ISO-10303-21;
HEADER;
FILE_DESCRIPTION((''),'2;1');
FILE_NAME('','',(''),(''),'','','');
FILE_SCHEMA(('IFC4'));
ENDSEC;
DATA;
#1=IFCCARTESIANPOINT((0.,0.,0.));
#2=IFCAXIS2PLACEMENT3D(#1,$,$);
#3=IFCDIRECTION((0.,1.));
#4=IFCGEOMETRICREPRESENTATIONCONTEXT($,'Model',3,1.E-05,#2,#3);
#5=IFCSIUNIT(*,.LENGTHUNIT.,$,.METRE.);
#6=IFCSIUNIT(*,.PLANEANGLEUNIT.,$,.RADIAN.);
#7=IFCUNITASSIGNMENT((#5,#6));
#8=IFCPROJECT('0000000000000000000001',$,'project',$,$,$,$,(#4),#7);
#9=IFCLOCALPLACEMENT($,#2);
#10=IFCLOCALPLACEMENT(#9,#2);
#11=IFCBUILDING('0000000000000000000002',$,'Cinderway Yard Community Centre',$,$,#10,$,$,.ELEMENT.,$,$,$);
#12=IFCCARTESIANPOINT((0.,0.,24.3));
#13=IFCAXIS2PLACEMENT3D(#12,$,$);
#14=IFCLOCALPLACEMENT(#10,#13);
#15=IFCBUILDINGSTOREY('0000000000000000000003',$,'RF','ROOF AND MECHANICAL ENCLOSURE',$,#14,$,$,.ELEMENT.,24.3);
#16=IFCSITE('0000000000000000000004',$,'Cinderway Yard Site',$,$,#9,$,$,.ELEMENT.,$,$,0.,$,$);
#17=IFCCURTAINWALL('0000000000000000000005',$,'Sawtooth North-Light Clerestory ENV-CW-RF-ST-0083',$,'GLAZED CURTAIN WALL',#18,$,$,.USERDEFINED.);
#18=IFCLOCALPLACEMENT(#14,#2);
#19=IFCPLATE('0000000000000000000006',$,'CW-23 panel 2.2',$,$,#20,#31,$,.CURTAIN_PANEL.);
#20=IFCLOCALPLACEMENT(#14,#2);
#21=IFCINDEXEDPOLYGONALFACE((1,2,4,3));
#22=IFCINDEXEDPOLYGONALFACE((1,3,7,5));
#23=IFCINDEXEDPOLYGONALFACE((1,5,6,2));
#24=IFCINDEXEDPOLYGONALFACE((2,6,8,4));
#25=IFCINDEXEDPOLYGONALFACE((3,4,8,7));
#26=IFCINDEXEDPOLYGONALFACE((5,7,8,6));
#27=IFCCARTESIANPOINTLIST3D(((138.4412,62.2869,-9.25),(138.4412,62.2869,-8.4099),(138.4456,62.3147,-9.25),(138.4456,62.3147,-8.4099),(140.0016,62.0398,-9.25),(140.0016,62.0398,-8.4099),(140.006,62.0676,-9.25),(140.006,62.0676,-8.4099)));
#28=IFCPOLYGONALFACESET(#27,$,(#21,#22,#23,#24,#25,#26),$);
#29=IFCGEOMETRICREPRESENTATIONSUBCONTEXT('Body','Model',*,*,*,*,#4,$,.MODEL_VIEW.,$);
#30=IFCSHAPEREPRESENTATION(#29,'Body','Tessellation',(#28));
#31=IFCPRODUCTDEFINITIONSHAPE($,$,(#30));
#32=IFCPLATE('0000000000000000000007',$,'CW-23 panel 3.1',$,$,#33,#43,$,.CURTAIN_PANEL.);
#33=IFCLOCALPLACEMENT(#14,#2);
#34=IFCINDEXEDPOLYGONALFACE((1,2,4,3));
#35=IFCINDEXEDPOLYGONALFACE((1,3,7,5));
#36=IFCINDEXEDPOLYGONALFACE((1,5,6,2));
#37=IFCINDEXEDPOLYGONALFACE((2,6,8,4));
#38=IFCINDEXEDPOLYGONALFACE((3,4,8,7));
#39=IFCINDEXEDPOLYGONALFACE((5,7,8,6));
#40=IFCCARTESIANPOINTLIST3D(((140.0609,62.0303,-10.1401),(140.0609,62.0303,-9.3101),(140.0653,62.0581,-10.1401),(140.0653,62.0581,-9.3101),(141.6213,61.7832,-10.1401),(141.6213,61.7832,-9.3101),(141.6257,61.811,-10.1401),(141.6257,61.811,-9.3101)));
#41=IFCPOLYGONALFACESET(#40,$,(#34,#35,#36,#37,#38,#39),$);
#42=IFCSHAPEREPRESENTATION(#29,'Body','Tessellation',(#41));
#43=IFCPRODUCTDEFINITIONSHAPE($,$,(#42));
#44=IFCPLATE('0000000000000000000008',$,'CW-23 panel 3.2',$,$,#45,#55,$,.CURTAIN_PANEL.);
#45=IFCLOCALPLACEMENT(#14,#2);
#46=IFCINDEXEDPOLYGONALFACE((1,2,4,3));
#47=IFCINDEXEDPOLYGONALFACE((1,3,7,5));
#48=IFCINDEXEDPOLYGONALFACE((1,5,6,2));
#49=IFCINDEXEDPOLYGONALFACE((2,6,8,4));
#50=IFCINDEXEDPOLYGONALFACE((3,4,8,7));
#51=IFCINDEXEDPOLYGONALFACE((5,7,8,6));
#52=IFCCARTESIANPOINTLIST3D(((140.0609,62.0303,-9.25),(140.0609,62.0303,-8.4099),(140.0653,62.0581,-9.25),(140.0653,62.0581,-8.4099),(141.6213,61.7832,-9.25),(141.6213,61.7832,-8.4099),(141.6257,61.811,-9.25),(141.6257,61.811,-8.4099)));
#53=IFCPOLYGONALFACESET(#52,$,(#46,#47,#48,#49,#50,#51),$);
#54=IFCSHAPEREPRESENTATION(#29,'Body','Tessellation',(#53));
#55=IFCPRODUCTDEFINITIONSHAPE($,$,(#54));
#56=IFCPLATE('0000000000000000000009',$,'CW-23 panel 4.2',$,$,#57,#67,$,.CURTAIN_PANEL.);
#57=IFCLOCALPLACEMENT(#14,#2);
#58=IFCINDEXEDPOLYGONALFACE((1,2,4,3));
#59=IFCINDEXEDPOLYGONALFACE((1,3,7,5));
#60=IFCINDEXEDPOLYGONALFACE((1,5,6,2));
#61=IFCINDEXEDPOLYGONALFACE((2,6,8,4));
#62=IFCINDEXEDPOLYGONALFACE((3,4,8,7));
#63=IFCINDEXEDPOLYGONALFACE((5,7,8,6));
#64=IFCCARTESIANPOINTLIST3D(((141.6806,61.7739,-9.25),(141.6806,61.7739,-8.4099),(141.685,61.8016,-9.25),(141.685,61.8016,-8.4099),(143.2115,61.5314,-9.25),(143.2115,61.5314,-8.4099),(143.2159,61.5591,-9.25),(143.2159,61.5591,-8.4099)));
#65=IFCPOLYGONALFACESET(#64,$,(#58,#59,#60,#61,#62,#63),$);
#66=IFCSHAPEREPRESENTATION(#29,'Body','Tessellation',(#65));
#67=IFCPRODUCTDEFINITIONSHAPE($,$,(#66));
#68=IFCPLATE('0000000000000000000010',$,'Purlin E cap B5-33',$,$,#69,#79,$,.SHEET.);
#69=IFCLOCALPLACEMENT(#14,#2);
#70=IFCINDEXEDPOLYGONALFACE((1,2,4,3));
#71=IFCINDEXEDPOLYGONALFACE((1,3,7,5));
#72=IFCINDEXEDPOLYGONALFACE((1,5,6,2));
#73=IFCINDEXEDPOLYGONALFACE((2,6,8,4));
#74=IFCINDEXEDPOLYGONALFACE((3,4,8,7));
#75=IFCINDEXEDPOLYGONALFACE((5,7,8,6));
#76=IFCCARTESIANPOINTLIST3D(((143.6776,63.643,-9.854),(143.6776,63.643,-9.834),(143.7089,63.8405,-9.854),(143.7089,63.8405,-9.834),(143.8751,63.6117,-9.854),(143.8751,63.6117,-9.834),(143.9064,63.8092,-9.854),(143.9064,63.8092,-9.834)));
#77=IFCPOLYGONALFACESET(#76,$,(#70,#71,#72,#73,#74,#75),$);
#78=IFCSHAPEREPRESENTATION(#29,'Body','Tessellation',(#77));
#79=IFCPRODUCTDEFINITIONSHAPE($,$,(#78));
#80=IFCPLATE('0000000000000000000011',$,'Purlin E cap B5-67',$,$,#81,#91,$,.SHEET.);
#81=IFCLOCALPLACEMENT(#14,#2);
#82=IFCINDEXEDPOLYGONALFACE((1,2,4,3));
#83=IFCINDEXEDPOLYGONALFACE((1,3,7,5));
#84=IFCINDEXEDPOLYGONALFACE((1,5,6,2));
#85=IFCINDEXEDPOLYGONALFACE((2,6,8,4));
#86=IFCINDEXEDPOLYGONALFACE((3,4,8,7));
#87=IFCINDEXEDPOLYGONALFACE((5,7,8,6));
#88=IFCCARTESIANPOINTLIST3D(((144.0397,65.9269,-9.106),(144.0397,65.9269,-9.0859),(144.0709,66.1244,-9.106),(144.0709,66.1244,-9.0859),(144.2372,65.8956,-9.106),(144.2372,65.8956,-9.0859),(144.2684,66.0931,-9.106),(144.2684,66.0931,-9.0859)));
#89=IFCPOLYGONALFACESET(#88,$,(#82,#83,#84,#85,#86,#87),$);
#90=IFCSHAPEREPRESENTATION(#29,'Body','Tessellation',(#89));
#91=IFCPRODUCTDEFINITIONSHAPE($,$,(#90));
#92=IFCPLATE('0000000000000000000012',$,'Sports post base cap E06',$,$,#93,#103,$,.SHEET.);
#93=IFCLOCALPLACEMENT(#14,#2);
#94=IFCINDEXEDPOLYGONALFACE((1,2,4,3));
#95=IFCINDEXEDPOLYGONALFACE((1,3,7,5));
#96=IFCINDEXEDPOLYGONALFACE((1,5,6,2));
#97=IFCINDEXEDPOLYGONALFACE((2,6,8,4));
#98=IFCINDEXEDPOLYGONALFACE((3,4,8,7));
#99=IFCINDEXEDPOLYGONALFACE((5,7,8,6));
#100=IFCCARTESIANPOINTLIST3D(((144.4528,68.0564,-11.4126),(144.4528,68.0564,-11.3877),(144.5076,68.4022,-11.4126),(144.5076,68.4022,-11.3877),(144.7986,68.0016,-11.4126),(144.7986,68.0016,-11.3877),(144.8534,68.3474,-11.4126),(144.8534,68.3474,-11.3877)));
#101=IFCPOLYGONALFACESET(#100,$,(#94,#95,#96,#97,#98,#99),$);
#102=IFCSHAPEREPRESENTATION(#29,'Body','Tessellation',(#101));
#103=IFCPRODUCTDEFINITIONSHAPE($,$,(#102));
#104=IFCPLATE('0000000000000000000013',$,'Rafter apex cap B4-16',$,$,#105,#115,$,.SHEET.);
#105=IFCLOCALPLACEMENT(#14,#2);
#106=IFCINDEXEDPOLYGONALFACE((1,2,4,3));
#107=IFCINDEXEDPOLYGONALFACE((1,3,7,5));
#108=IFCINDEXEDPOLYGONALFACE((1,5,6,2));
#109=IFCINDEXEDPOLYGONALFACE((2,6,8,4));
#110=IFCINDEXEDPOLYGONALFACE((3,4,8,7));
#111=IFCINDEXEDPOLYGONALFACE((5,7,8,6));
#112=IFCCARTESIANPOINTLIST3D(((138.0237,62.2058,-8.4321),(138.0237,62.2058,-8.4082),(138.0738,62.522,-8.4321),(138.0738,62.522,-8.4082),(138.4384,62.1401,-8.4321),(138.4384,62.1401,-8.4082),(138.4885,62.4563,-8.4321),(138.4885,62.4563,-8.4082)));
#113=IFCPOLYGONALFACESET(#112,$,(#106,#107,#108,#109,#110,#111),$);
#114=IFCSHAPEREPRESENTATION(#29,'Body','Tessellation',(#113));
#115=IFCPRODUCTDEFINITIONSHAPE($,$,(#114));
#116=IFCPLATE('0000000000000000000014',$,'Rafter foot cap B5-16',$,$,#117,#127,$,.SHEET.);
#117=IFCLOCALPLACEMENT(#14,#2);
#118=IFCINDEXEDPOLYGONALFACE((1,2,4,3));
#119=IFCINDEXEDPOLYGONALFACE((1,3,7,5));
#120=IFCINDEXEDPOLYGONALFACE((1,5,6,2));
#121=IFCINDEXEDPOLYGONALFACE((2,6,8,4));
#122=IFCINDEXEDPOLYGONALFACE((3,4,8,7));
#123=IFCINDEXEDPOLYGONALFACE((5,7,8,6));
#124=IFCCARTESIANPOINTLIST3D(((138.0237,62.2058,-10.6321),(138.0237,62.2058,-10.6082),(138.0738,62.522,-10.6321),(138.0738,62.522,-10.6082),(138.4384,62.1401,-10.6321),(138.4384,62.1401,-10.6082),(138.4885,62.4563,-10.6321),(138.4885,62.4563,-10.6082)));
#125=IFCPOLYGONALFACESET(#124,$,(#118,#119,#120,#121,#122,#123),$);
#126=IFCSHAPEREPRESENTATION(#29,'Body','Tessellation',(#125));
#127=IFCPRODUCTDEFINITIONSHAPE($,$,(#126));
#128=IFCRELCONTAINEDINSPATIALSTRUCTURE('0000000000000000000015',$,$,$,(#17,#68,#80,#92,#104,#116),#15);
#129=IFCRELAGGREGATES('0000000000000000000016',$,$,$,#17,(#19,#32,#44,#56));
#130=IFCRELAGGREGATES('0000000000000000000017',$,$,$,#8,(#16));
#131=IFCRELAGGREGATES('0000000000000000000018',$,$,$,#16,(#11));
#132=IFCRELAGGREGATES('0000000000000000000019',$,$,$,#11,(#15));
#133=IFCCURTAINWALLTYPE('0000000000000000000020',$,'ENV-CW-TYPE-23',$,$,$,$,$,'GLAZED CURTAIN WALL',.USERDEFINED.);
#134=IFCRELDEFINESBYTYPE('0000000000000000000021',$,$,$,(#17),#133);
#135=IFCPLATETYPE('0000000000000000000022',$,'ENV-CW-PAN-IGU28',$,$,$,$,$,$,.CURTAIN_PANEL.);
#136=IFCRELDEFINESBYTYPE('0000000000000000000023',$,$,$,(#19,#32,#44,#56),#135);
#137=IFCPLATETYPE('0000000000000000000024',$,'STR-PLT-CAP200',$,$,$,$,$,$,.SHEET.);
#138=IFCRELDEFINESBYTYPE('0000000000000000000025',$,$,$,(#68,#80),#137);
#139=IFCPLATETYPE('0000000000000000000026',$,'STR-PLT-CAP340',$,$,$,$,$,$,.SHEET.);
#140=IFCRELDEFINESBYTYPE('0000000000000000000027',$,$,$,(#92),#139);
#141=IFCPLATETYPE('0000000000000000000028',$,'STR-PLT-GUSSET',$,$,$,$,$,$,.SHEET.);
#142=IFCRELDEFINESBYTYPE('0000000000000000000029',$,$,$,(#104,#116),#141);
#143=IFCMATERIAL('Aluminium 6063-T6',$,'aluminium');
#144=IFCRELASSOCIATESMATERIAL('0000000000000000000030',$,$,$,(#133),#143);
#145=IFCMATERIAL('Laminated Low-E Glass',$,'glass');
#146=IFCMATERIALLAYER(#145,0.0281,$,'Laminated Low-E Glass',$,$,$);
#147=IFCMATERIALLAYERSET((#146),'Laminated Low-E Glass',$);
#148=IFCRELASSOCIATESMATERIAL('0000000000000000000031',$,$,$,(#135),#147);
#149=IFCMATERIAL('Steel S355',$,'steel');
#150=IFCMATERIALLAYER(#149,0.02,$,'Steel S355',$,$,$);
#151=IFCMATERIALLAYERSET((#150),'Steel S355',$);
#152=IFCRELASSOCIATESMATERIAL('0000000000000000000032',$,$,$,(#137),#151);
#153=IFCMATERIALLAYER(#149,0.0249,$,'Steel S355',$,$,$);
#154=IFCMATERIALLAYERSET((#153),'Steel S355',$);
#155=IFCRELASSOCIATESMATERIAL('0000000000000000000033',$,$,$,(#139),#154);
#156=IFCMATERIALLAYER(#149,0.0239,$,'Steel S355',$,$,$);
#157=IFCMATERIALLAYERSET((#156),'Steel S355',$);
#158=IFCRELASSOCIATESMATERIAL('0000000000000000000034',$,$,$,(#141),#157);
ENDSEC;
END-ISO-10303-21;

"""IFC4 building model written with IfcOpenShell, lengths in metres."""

from ifc_helpers import new_model, si_unit, direction, frame, origin, origin_2d, place, context, subcontext, project, spatial, rectangle, extrude, material, layer, layer_set, type_object, element, aggregate, save


model = new_model("IFC4")

# Units and contexts
model_context = context("Model", 3, precision=1e-05, world=origin(), true_north=direction((0.0, 1.0)))
body_context = subcontext(model_context, "Body", "Model", "MODEL_VIEW")
ifc_project = project(units=[si_unit("LENGTHUNIT", "METRE"), si_unit("PLANEANGLEUNIT", "RADIAN")], contexts=[model_context])

# Site, building, storey
site_placement = place(None, origin())
site = spatial("IfcSite", under=ifc_project, at=site_placement, Name="Cinderway Yard Site", CompositionType="ELEMENT", RefElevation=0.0)
building_placement = place(site_placement, origin())
building = spatial("IfcBuilding", under=site, at=building_placement, Name="Cinderway Yard Community Centre", CompositionType="ELEMENT")
storey_placement = place(building_placement, frame((0.0, 0.0, 24.3)))
storey = spatial("IfcBuildingStorey", under=building, at=storey_placement, Name="RF", Description="ROOF AND MECHANICAL ENCLOSURE", CompositionType="ELEMENT", Elevation=24.3)

# Shared definitions
ifc_material_1 = material(Name="Steel S355", Category="steel")

# Curtain wall
ifc_material_2 = material(Name="Aluminium 6063-T6", Category="aluminium")
curtain_wall_type = type_object("IfcCurtainWallType", Name="ENV-CW-TYPE-23", ElementType="GLAZED CURTAIN WALL", PredefinedType="USERDEFINED", material=ifc_material_2)
curtain_wall_placement = place(storey_placement, origin())
curtain_wall = element("IfcCurtainWall", 1, at=curtain_wall_placement, inside=storey, type_object=curtain_wall_type, Name="Sawtooth North-Light Clerestory ENV-CW-RF-ST-0083", ObjectType="GLAZED CURTAIN WALL", PredefinedType="USERDEFINED")

# Plates
ifc_material_3 = material(Name="Laminated Low-E Glass", Category="glass")
ifc_layer_1 = layer(ifc_material_3, 0.0281, Name="Laminated Low-E Glass")
ifc_layer_set_1 = layer_set([ifc_layer_1], Name="Laminated Low-E Glass")
plate_type_1 = type_object("IfcPlateType", Name="ENV-CW-PAN-IGU28", PredefinedType="CURTAIN_PANEL", material=ifc_layer_set_1)
plate_1_placement = place(storey_placement, frame((139.2236, 62.1772, -9.25), z_axis=(0.0, 0.0, 1.0), x_axis=(0.987692, -0.156409, 0.0)))
plate_1 = element("IfcPlate", 2, at=plate_1_placement, type_object=plate_type_1, Name="CW-23 panel 2.2", PredefinedType="CURTAIN_PANEL", context=body_context, shape_type="SweptSolid", body=[
    extrude(rectangle(XDim=1.5798, YDim=0.0281, at=origin_2d()), origin(), (0.0, 0.0, 1.0), 0.8401),
])
plate_2_placement = place(storey_placement, frame((140.8433, 61.9207, -10.1401), z_axis=(0.0, 0.0, 1.0), x_axis=(0.987692, -0.156409, 0.0)))
plate_2 = element("IfcPlate", 3, at=plate_2_placement, type_object=plate_type_1, Name="CW-23 panel 3.1", PredefinedType="CURTAIN_PANEL", context=body_context, shape_type="SweptSolid", body=[
    extrude(rectangle(XDim=1.5798, YDim=0.0281, at=origin_2d()), origin(), (0.0, 0.0, 1.0), 0.8301),
])
plate_3_placement = place(storey_placement, frame((140.8433, 61.9207, -9.25), z_axis=(0.0, 0.0, 1.0), x_axis=(0.987692, -0.156409, 0.0)))
plate_3 = element("IfcPlate", 4, at=plate_3_placement, type_object=plate_type_1, Name="CW-23 panel 3.2", PredefinedType="CURTAIN_PANEL", context=body_context, shape_type="SweptSolid", body=[
    extrude(rectangle(XDim=1.5798, YDim=0.0281, at=origin_2d()), origin(), (0.0, 0.0, 1.0), 0.8401),
])
plate_4_placement = place(storey_placement, frame((142.4482, 61.6665, -9.25), z_axis=(0.0, 0.0, 1.0), x_axis=(0.987692, -0.156409, 0.0)))
plate_4 = element("IfcPlate", 5, at=plate_4_placement, type_object=plate_type_1, Name="CW-23 panel 4.2", PredefinedType="CURTAIN_PANEL", context=body_context, shape_type="SweptSolid", body=[
    extrude(rectangle(XDim=1.55, YDim=0.0281, at=origin_2d()), origin(), (0.0, 0.0, 1.0), 0.8401),
])
aggregate(curtain_wall, [plate_1, plate_2, plate_3, plate_4])

# Plates
ifc_layer_2 = layer(ifc_material_1, 0.02, Name="Steel S355")
ifc_layer_set_2 = layer_set([ifc_layer_2], Name="Steel S355")
plate_type_2 = type_object("IfcPlateType", Name="STR-PLT-CAP200", PredefinedType="SHEET", material=ifc_layer_set_2)
for number, where, z_axis, x_axis, name in (
    (6, (143.792, 63.7261, -9.854), (0.0, 0.0, 1.0), (0.987688, -0.156434, 0.0), "Purlin E cap B5-33"),
    (7, (144.1541, 66.01, -9.106), (0.0, 0.0, 1.0), (0.987688, -0.156434, 0.0), "Purlin E cap B5-67"),
):
    element("IfcPlate", number, at=place(storey_placement, frame(where, z_axis=z_axis, x_axis=x_axis)), inside=storey, type_object=plate_type_2, Name=name, PredefinedType="SHEET", context=body_context, shape_type="SweptSolid", body=[
        extrude(rectangle(XDim=0.2, YDim=0.2, at=origin_2d()), origin(), (0.0, 0.0, 1.0), 0.02),
    ])
ifc_layer_3 = layer(ifc_material_1, 0.0249, Name="Steel S355")
ifc_layer_set_3 = layer_set([ifc_layer_3], Name="Steel S355")
plate_type_3 = type_object("IfcPlateType", Name="STR-PLT-CAP340", PredefinedType="SHEET", material=ifc_layer_set_3)
plate_5_placement = place(storey_placement, frame((144.6531, 68.2019, -11.4126), z_axis=(0.0, 0.0, 1.0), x_axis=(0.987688, -0.156434, 0.0)))
element("IfcPlate", 8, at=plate_5_placement, inside=storey, type_object=plate_type_3, Name="Sports post base cap E06", PredefinedType="SHEET", context=body_context, shape_type="SweptSolid", body=[
    extrude(rectangle(XDim=0.3501, YDim=0.3501, at=origin_2d()), origin(), (0.0, 0.0, 1.0), 0.0249),
])
ifc_layer_4 = layer(ifc_material_1, 0.0239, Name="Steel S355")
ifc_layer_set_4 = layer_set([ifc_layer_4], Name="Steel S355")
plate_type_4 = type_object("IfcPlateType", Name="STR-PLT-GUSSET", PredefinedType="SHEET", material=ifc_layer_set_4)
for number, where, z_axis, x_axis, name in (
    (9, (138.2561, 62.3311, -8.4321), (0.0, 0.0, 1.0), (0.987688, -0.156434, 0.0), "Rafter apex cap B4-16"),
    (10, (138.2561, 62.3311, -10.6321), (0.0, 0.0, 1.0), (0.987688, -0.156434, 0.0), "Rafter foot cap B5-16"),
):
    element("IfcPlate", number, at=place(storey_placement, frame(where, z_axis=z_axis, x_axis=x_axis)), inside=storey, type_object=plate_type_4, Name=name, PredefinedType="SHEET", context=body_context, shape_type="SweptSolid", body=[
        extrude(rectangle(XDim=0.4199, YDim=0.3201, at=origin_2d()), origin(), (0.0, 0.0, 1.0), 0.0239),
    ])

save(model, "model.ifc")
